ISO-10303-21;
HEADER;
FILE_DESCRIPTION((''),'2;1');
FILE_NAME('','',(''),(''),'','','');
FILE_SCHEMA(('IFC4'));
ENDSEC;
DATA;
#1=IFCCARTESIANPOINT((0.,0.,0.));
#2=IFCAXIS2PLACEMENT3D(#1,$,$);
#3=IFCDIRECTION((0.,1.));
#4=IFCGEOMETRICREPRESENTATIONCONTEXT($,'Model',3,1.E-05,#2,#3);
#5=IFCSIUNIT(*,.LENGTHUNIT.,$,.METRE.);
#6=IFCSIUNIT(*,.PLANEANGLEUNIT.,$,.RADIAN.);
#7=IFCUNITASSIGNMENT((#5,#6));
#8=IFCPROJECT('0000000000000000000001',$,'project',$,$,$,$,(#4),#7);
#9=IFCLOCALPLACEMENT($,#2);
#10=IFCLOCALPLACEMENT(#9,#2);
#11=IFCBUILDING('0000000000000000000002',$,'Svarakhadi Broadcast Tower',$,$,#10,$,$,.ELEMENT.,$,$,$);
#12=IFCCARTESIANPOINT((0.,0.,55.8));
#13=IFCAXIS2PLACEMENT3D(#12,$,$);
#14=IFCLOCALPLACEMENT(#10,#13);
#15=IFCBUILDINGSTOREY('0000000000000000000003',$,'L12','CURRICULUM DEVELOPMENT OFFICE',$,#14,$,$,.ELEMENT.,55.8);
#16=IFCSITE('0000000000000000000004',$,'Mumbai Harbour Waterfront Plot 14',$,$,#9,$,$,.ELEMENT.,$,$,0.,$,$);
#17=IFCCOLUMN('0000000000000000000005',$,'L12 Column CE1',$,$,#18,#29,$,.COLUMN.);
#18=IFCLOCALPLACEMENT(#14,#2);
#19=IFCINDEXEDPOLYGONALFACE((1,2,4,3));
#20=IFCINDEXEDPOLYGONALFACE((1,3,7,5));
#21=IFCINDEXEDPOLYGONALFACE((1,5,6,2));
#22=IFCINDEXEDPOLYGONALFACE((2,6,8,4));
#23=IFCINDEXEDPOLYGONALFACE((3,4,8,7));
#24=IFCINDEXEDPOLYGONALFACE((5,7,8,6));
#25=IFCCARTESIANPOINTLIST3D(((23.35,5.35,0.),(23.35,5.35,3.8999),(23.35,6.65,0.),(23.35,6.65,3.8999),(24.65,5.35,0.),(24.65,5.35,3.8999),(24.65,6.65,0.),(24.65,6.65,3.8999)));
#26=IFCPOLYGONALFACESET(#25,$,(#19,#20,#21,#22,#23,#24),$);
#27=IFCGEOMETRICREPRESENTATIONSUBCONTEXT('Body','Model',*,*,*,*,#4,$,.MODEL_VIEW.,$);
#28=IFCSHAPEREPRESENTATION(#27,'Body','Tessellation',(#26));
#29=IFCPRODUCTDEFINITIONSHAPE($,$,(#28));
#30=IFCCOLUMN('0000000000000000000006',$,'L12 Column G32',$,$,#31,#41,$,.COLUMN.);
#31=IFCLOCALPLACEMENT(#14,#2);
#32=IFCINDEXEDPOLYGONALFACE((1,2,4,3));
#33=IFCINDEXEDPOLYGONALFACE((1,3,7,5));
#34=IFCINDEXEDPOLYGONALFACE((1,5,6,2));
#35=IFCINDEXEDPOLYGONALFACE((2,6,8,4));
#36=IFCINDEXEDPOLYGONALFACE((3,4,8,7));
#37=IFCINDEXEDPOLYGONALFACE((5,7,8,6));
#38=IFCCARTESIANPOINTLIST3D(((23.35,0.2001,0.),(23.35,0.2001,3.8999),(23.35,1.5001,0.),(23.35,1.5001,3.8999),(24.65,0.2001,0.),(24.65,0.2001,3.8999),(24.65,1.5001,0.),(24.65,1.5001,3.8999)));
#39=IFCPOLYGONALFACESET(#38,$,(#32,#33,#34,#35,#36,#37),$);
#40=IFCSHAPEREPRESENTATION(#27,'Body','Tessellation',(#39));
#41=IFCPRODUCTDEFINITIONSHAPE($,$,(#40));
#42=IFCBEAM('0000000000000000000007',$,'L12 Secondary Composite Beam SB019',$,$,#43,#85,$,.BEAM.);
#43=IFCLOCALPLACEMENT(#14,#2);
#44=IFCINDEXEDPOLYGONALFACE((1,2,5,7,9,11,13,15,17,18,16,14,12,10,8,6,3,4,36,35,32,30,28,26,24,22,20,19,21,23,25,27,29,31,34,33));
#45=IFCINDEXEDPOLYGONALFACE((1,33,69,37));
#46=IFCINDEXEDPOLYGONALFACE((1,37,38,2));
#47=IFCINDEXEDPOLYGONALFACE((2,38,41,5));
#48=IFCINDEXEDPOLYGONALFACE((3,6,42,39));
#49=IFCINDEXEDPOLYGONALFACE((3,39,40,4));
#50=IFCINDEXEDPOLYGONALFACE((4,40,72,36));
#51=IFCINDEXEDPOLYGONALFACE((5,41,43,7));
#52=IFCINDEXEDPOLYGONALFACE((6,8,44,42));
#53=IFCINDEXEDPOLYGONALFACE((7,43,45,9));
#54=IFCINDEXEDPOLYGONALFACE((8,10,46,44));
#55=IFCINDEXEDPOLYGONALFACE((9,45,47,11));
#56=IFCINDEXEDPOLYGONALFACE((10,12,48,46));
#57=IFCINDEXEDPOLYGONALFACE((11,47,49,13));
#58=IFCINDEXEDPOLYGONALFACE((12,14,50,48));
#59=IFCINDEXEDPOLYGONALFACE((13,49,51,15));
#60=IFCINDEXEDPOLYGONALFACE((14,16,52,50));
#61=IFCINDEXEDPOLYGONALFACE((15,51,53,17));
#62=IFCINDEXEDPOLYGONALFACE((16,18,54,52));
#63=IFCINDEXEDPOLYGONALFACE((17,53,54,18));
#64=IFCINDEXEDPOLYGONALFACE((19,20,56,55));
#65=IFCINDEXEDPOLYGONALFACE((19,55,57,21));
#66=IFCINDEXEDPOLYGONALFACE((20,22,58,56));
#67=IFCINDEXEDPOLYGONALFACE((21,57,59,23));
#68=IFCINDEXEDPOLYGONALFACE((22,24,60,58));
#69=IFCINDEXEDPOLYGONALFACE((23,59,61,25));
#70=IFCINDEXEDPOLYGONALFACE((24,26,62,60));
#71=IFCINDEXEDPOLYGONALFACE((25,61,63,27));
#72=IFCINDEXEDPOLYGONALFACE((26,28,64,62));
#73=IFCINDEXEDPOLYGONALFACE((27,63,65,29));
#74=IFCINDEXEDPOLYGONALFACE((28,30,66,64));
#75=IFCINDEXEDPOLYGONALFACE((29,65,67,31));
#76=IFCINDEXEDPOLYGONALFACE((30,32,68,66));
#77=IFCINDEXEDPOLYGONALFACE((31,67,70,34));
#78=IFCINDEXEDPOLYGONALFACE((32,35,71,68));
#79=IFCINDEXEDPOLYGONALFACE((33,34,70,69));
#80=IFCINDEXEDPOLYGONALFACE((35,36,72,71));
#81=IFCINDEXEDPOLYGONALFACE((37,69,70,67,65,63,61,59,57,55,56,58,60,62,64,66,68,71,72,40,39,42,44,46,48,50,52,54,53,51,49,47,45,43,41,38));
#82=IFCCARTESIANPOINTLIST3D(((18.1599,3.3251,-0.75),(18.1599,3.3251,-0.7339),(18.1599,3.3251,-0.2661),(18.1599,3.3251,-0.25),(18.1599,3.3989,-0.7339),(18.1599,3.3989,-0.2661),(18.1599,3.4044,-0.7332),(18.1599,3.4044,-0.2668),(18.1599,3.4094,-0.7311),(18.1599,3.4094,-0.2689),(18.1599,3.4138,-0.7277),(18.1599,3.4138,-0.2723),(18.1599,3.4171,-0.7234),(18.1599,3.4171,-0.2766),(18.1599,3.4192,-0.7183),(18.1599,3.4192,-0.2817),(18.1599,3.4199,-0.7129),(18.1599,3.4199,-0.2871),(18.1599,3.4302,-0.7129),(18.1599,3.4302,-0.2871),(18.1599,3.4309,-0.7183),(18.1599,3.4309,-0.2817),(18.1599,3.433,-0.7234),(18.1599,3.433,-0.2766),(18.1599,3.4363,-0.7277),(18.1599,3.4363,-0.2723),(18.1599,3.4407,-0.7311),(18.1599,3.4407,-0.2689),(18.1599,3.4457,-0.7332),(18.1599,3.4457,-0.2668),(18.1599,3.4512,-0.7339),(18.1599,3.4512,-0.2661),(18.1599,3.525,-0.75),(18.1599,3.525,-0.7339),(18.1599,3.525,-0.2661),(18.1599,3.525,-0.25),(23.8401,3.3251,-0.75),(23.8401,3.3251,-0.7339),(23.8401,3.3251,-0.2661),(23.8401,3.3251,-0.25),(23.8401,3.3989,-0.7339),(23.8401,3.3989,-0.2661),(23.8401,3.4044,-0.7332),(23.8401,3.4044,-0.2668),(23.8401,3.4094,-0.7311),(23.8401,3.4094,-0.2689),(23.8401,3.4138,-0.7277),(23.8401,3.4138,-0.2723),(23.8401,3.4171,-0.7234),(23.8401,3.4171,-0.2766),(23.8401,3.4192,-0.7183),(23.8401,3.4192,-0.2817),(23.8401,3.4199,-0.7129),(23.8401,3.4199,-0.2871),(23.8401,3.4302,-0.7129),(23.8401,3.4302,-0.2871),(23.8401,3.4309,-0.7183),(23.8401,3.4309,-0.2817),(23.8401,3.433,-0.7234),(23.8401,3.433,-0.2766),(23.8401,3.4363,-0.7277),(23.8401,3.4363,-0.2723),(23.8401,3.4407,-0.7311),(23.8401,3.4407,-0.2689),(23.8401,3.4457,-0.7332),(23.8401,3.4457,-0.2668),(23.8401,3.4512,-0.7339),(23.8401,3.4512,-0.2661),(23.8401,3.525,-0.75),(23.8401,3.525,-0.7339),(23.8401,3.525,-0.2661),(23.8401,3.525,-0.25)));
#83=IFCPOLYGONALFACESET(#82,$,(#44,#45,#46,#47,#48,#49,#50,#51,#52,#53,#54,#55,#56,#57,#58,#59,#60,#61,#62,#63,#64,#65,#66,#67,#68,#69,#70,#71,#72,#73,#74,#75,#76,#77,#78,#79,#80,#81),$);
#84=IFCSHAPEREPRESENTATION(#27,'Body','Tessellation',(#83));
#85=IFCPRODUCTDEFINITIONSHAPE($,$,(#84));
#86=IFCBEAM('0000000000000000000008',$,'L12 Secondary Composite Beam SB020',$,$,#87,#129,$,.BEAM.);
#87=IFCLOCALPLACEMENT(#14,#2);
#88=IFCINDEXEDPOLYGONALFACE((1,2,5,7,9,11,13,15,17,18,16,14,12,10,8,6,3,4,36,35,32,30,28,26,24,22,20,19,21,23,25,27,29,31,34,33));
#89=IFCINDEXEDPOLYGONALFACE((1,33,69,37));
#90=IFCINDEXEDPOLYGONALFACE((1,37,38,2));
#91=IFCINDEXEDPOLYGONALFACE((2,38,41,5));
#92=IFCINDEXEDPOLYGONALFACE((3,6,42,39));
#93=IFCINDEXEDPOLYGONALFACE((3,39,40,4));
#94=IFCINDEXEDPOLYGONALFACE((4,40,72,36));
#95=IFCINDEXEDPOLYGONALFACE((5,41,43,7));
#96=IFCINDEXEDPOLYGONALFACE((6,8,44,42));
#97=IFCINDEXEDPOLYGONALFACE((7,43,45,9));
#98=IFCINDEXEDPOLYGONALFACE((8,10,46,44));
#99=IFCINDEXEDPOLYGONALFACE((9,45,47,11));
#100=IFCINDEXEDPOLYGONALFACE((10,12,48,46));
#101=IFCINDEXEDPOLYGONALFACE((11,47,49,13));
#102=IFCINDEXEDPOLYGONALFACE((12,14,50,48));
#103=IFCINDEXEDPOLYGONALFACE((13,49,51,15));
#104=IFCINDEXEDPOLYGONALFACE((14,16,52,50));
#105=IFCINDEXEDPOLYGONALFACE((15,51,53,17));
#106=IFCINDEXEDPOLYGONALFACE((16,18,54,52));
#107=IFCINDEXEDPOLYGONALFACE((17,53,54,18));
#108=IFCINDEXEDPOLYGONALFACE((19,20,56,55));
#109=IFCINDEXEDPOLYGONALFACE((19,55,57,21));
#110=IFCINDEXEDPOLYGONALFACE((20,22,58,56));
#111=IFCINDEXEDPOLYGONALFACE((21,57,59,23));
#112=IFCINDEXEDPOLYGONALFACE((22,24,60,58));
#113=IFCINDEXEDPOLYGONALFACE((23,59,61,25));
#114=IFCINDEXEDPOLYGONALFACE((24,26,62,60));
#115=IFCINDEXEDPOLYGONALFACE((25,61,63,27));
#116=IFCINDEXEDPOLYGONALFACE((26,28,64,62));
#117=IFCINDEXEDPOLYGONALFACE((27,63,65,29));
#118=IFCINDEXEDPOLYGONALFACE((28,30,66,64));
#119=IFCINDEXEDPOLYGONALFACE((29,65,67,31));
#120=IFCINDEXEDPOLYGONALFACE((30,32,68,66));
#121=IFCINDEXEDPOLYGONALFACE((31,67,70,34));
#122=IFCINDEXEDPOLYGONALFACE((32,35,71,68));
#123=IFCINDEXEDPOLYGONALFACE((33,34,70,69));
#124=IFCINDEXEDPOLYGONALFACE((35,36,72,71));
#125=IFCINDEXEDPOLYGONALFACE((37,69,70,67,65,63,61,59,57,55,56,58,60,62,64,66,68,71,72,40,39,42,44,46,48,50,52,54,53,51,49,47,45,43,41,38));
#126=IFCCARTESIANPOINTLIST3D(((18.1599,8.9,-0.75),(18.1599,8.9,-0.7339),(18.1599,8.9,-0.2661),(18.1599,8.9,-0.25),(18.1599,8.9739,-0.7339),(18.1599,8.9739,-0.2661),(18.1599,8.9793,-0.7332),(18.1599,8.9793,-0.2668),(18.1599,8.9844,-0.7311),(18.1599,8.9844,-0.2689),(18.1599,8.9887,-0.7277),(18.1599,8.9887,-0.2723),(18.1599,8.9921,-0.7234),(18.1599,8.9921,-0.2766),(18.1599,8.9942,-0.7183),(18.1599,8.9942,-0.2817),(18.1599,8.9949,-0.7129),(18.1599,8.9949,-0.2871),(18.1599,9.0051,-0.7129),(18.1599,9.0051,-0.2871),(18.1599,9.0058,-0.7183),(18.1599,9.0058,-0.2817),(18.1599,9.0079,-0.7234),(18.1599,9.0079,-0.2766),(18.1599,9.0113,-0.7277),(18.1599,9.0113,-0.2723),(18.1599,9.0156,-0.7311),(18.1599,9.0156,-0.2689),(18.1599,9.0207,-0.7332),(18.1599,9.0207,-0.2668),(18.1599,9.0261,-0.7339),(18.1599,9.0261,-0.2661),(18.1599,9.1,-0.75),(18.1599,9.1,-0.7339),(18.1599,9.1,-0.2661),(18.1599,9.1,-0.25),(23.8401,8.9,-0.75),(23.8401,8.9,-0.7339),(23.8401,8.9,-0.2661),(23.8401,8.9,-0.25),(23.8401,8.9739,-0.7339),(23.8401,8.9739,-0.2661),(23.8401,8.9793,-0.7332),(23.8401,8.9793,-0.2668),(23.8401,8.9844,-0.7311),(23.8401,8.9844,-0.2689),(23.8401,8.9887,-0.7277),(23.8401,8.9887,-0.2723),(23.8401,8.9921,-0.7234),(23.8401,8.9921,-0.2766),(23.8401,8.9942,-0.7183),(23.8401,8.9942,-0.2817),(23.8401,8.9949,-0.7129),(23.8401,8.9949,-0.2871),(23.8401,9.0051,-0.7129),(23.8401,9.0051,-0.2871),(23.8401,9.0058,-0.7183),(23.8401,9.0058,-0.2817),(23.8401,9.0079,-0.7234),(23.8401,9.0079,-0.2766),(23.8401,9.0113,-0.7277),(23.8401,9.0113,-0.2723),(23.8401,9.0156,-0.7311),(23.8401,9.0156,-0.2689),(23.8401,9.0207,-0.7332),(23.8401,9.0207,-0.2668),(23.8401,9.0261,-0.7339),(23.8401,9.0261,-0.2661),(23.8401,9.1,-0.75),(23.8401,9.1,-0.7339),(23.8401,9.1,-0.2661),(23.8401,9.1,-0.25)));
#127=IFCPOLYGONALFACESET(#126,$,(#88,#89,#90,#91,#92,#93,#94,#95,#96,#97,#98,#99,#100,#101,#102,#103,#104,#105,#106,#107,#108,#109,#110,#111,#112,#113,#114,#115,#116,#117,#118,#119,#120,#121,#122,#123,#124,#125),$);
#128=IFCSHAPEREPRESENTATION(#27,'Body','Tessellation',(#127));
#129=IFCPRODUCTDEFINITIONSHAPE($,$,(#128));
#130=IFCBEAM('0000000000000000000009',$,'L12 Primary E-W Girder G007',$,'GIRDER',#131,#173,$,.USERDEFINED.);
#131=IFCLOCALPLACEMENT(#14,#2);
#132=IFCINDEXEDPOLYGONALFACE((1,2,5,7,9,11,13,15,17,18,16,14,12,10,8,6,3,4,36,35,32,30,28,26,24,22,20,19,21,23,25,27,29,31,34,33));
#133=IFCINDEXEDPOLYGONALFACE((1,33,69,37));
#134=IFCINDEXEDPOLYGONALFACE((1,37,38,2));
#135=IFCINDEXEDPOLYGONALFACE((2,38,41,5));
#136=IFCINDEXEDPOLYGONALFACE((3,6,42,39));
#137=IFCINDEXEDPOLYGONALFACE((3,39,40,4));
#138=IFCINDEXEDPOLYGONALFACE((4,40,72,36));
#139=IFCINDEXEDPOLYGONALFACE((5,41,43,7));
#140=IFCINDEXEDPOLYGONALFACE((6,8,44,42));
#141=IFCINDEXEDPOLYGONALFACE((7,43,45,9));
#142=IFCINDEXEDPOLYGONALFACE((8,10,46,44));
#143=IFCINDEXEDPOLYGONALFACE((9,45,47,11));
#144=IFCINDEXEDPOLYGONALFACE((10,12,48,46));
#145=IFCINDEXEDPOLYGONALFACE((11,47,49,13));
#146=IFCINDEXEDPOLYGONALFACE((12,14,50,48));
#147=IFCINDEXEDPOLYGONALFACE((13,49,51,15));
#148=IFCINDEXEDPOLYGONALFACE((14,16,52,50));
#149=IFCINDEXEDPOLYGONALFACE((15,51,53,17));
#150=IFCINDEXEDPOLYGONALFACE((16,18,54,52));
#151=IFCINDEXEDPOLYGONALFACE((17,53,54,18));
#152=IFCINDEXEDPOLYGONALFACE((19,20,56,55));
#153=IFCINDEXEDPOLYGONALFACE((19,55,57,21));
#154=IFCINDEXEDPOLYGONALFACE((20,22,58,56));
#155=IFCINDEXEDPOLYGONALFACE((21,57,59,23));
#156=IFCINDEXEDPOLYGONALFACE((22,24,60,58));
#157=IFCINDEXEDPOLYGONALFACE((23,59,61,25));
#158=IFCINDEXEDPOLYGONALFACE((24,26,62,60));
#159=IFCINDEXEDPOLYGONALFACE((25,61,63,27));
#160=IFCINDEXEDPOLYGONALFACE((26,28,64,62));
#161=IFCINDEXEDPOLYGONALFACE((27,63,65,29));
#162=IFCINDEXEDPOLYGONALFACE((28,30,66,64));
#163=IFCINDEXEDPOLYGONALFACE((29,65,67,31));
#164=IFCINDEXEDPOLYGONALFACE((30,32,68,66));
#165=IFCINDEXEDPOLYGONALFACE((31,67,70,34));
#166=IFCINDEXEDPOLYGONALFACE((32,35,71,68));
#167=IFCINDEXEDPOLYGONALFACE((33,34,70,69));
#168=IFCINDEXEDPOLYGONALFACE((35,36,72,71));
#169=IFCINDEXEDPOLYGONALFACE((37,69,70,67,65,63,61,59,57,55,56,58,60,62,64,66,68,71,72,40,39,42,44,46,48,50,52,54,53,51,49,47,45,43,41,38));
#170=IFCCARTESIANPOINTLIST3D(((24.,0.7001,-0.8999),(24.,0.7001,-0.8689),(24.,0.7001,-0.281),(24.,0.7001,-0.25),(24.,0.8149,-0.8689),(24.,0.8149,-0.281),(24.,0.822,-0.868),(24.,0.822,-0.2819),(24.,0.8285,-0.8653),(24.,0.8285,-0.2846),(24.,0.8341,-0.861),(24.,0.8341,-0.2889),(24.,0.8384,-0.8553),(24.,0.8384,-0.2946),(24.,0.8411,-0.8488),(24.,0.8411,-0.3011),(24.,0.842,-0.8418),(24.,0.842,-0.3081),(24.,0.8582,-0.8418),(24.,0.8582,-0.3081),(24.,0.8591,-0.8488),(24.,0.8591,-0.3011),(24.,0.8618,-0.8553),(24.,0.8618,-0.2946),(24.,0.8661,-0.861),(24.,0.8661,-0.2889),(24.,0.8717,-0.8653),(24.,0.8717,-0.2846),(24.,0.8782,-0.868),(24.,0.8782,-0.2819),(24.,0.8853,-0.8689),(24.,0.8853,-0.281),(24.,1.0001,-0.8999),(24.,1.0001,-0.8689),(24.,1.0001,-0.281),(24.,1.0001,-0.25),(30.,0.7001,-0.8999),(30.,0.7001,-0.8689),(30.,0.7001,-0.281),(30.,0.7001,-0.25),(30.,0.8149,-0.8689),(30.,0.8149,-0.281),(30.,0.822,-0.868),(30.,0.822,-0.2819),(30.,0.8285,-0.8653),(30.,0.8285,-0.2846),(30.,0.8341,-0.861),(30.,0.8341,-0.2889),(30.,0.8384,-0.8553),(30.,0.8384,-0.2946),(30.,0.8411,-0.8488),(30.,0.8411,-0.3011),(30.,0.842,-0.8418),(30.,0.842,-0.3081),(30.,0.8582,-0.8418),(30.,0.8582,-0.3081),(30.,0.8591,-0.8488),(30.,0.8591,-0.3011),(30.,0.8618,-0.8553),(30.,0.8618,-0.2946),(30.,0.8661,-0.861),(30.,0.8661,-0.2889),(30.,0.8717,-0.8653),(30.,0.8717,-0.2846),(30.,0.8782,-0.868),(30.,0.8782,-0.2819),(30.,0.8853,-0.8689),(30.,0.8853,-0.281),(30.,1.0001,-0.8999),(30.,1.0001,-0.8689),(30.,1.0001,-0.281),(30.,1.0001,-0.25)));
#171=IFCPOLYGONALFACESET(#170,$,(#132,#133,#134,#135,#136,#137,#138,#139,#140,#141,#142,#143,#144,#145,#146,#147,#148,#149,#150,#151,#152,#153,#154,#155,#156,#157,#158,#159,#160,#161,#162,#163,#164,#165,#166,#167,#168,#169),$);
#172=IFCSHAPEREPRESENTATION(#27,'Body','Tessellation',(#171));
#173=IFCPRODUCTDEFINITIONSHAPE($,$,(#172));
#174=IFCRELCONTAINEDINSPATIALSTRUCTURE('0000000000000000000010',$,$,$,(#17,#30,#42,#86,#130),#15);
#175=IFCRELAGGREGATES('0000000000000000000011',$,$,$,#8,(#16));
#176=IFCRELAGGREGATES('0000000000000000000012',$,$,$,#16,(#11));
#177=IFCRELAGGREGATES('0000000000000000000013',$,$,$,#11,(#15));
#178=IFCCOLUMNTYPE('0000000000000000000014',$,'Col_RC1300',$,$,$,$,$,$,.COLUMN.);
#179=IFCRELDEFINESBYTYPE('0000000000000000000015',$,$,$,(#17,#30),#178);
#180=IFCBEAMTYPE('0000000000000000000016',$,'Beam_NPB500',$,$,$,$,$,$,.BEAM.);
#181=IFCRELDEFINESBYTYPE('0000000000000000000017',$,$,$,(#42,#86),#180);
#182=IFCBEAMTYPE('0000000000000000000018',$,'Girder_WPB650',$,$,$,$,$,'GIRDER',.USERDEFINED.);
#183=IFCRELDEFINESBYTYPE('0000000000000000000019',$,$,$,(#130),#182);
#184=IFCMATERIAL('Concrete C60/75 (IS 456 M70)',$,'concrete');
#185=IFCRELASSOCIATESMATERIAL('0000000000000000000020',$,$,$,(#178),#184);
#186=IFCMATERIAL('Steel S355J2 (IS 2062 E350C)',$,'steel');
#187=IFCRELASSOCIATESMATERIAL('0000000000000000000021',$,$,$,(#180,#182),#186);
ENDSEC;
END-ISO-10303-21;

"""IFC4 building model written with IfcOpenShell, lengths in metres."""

from ifc_helpers import new_model, si_unit, direction, frame, origin, origin_2d, place, context, subcontext, project, spatial, rectangle, i_section, extrude, material, material_profile, profile_set, type_object, element, save


model = new_model("IFC4")

# Units and contexts
model_context = context("Model", 3, precision=1e-05, world=origin(), true_north=direction((0.0, 1.0)))
body_context = subcontext(model_context, "Body", "Model", "MODEL_VIEW")
ifc_project = project(units=[si_unit("LENGTHUNIT", "METRE"), si_unit("PLANEANGLEUNIT", "RADIAN")], contexts=[model_context])

# Site, building, storey
site_placement = place(None, origin())
site = spatial("IfcSite", under=ifc_project, at=site_placement, Name="Mumbai Harbour Waterfront Plot 14", CompositionType="ELEMENT", RefElevation=0.0)
building_placement = place(site_placement, origin())
building = spatial("IfcBuilding", under=site, at=building_placement, Name="Svarakhadi Broadcast Tower", CompositionType="ELEMENT")
storey_placement = place(building_placement, frame((0.0, 0.0, 55.8)))
storey = spatial("IfcBuildingStorey", under=building, at=storey_placement, Name="L12", Description="CURRICULUM DEVELOPMENT OFFICE", CompositionType="ELEMENT", Elevation=55.8)

# Columns
ifc_material_1 = material(Name="Concrete C60/75 (IS 456 M70)", Category="concrete")
ifc_material_profile_1 = material_profile(ifc_material_1, rectangle(XDim=1.3, YDim=1.3, at=origin_2d()), Name="RC 1300x1300")
ifc_profile_set_1 = profile_set([ifc_material_profile_1], Name="Concrete C60/75 (IS 456 M70)")
column_type = type_object("IfcColumnType", Name="Col_RC1300", PredefinedType="COLUMN", material=ifc_profile_set_1)
for number, where, z_axis, x_axis, name in (
    (1, (24.0, 6.0, 0.0), (0.0, 0.0, 1.0), (1.0, 0.0, 0.0), "L12 Column CE1"),
    (2, (24.0, 0.8501, 0.0), (0.0, 0.0, 1.0), (1.0, 0.0, 0.0), "L12 Column G32"),
):
    element("IfcColumn", number, at=place(storey_placement, frame(where, z_axis=z_axis, x_axis=x_axis)), inside=storey, type_object=column_type, Name=name, PredefinedType="COLUMN", context=body_context, shape_type="SweptSolid", body=[
        extrude(rectangle(XDim=1.3, YDim=1.3, at=origin_2d()), origin(), (0.0, 0.0, 1.0), 3.8999),
    ])

# Beams
ifc_material_2 = material(Name="Steel S355J2 (IS 2062 E350C)", Category="steel")
ifc_material_profile_2 = material_profile(ifc_material_2, i_section(OverallWidth=0.2, OverallDepth=0.5, WebThickness=0.0103, FlangeThickness=0.0161, FilletRadius=0.021, at=origin_2d()), Name="NPB 500x200x91")
ifc_profile_set_2 = profile_set([ifc_material_profile_2], Name="Steel S355J2 (IS 2062 E350C)")
beam_type_1 = type_object("IfcBeamType", Name="Beam_NPB500", PredefinedType="BEAM", material=ifc_profile_set_2)
for number, where, z_axis, x_axis, name in (
    (3, (18.1599, 3.425, -0.5), (1.0, 0.0, 0.0), (0.0, 1.0, 0.0), "L12 Secondary Composite Beam SB019"),
    (4, (18.1599, 9.0, -0.5), (1.0, 0.0, 0.0), (0.0, 1.0, 0.0), "L12 Secondary Composite Beam SB020"),
):
    element("IfcBeam", number, at=place(storey_placement, frame(where, z_axis=z_axis, x_axis=x_axis)), inside=storey, type_object=beam_type_1, Name=name, PredefinedType="BEAM", context=body_context, shape_type="SweptSolid", body=[
        extrude(i_section(OverallWidth=0.2, OverallDepth=0.5, WebThickness=0.0103, FlangeThickness=0.0161, FilletRadius=0.021, at=origin_2d()), origin(), (0.0, 0.0, 1.0), 5.6802),
    ])
ifc_material_profile_3 = material_profile(ifc_material_2, i_section(OverallWidth=0.3, OverallDepth=0.6499, WebThickness=0.0161, FlangeThickness=0.031, FilletRadius=0.0271, at=origin_2d()), Name="WPB 650x300x225")
ifc_profile_set_3 = profile_set([ifc_material_profile_3], Name="Steel S355J2 (IS 2062 E350C)")
beam_type_2 = type_object("IfcBeamType", Name="Girder_WPB650", ElementType="GIRDER", PredefinedType="USERDEFINED", material=ifc_profile_set_3)
beam_1_placement = place(storey_placement, frame((24.0, 0.8501, -0.575), z_axis=(1.0, 0.0, 0.0), x_axis=(0.0, 1.0, 0.0)))
element("IfcBeam", 5, at=beam_1_placement, inside=storey, type_object=beam_type_2, Name="L12 Primary E-W Girder G007", ObjectType="GIRDER", PredefinedType="USERDEFINED", context=body_context, shape_type="SweptSolid", body=[
    extrude(i_section(OverallWidth=0.3, OverallDepth=0.6499, WebThickness=0.0161, FlangeThickness=0.031, FilletRadius=0.0271, at=origin_2d()), origin(), (0.0, 0.0, 1.0), 6.0),
])

save(model, "model.ifc")
